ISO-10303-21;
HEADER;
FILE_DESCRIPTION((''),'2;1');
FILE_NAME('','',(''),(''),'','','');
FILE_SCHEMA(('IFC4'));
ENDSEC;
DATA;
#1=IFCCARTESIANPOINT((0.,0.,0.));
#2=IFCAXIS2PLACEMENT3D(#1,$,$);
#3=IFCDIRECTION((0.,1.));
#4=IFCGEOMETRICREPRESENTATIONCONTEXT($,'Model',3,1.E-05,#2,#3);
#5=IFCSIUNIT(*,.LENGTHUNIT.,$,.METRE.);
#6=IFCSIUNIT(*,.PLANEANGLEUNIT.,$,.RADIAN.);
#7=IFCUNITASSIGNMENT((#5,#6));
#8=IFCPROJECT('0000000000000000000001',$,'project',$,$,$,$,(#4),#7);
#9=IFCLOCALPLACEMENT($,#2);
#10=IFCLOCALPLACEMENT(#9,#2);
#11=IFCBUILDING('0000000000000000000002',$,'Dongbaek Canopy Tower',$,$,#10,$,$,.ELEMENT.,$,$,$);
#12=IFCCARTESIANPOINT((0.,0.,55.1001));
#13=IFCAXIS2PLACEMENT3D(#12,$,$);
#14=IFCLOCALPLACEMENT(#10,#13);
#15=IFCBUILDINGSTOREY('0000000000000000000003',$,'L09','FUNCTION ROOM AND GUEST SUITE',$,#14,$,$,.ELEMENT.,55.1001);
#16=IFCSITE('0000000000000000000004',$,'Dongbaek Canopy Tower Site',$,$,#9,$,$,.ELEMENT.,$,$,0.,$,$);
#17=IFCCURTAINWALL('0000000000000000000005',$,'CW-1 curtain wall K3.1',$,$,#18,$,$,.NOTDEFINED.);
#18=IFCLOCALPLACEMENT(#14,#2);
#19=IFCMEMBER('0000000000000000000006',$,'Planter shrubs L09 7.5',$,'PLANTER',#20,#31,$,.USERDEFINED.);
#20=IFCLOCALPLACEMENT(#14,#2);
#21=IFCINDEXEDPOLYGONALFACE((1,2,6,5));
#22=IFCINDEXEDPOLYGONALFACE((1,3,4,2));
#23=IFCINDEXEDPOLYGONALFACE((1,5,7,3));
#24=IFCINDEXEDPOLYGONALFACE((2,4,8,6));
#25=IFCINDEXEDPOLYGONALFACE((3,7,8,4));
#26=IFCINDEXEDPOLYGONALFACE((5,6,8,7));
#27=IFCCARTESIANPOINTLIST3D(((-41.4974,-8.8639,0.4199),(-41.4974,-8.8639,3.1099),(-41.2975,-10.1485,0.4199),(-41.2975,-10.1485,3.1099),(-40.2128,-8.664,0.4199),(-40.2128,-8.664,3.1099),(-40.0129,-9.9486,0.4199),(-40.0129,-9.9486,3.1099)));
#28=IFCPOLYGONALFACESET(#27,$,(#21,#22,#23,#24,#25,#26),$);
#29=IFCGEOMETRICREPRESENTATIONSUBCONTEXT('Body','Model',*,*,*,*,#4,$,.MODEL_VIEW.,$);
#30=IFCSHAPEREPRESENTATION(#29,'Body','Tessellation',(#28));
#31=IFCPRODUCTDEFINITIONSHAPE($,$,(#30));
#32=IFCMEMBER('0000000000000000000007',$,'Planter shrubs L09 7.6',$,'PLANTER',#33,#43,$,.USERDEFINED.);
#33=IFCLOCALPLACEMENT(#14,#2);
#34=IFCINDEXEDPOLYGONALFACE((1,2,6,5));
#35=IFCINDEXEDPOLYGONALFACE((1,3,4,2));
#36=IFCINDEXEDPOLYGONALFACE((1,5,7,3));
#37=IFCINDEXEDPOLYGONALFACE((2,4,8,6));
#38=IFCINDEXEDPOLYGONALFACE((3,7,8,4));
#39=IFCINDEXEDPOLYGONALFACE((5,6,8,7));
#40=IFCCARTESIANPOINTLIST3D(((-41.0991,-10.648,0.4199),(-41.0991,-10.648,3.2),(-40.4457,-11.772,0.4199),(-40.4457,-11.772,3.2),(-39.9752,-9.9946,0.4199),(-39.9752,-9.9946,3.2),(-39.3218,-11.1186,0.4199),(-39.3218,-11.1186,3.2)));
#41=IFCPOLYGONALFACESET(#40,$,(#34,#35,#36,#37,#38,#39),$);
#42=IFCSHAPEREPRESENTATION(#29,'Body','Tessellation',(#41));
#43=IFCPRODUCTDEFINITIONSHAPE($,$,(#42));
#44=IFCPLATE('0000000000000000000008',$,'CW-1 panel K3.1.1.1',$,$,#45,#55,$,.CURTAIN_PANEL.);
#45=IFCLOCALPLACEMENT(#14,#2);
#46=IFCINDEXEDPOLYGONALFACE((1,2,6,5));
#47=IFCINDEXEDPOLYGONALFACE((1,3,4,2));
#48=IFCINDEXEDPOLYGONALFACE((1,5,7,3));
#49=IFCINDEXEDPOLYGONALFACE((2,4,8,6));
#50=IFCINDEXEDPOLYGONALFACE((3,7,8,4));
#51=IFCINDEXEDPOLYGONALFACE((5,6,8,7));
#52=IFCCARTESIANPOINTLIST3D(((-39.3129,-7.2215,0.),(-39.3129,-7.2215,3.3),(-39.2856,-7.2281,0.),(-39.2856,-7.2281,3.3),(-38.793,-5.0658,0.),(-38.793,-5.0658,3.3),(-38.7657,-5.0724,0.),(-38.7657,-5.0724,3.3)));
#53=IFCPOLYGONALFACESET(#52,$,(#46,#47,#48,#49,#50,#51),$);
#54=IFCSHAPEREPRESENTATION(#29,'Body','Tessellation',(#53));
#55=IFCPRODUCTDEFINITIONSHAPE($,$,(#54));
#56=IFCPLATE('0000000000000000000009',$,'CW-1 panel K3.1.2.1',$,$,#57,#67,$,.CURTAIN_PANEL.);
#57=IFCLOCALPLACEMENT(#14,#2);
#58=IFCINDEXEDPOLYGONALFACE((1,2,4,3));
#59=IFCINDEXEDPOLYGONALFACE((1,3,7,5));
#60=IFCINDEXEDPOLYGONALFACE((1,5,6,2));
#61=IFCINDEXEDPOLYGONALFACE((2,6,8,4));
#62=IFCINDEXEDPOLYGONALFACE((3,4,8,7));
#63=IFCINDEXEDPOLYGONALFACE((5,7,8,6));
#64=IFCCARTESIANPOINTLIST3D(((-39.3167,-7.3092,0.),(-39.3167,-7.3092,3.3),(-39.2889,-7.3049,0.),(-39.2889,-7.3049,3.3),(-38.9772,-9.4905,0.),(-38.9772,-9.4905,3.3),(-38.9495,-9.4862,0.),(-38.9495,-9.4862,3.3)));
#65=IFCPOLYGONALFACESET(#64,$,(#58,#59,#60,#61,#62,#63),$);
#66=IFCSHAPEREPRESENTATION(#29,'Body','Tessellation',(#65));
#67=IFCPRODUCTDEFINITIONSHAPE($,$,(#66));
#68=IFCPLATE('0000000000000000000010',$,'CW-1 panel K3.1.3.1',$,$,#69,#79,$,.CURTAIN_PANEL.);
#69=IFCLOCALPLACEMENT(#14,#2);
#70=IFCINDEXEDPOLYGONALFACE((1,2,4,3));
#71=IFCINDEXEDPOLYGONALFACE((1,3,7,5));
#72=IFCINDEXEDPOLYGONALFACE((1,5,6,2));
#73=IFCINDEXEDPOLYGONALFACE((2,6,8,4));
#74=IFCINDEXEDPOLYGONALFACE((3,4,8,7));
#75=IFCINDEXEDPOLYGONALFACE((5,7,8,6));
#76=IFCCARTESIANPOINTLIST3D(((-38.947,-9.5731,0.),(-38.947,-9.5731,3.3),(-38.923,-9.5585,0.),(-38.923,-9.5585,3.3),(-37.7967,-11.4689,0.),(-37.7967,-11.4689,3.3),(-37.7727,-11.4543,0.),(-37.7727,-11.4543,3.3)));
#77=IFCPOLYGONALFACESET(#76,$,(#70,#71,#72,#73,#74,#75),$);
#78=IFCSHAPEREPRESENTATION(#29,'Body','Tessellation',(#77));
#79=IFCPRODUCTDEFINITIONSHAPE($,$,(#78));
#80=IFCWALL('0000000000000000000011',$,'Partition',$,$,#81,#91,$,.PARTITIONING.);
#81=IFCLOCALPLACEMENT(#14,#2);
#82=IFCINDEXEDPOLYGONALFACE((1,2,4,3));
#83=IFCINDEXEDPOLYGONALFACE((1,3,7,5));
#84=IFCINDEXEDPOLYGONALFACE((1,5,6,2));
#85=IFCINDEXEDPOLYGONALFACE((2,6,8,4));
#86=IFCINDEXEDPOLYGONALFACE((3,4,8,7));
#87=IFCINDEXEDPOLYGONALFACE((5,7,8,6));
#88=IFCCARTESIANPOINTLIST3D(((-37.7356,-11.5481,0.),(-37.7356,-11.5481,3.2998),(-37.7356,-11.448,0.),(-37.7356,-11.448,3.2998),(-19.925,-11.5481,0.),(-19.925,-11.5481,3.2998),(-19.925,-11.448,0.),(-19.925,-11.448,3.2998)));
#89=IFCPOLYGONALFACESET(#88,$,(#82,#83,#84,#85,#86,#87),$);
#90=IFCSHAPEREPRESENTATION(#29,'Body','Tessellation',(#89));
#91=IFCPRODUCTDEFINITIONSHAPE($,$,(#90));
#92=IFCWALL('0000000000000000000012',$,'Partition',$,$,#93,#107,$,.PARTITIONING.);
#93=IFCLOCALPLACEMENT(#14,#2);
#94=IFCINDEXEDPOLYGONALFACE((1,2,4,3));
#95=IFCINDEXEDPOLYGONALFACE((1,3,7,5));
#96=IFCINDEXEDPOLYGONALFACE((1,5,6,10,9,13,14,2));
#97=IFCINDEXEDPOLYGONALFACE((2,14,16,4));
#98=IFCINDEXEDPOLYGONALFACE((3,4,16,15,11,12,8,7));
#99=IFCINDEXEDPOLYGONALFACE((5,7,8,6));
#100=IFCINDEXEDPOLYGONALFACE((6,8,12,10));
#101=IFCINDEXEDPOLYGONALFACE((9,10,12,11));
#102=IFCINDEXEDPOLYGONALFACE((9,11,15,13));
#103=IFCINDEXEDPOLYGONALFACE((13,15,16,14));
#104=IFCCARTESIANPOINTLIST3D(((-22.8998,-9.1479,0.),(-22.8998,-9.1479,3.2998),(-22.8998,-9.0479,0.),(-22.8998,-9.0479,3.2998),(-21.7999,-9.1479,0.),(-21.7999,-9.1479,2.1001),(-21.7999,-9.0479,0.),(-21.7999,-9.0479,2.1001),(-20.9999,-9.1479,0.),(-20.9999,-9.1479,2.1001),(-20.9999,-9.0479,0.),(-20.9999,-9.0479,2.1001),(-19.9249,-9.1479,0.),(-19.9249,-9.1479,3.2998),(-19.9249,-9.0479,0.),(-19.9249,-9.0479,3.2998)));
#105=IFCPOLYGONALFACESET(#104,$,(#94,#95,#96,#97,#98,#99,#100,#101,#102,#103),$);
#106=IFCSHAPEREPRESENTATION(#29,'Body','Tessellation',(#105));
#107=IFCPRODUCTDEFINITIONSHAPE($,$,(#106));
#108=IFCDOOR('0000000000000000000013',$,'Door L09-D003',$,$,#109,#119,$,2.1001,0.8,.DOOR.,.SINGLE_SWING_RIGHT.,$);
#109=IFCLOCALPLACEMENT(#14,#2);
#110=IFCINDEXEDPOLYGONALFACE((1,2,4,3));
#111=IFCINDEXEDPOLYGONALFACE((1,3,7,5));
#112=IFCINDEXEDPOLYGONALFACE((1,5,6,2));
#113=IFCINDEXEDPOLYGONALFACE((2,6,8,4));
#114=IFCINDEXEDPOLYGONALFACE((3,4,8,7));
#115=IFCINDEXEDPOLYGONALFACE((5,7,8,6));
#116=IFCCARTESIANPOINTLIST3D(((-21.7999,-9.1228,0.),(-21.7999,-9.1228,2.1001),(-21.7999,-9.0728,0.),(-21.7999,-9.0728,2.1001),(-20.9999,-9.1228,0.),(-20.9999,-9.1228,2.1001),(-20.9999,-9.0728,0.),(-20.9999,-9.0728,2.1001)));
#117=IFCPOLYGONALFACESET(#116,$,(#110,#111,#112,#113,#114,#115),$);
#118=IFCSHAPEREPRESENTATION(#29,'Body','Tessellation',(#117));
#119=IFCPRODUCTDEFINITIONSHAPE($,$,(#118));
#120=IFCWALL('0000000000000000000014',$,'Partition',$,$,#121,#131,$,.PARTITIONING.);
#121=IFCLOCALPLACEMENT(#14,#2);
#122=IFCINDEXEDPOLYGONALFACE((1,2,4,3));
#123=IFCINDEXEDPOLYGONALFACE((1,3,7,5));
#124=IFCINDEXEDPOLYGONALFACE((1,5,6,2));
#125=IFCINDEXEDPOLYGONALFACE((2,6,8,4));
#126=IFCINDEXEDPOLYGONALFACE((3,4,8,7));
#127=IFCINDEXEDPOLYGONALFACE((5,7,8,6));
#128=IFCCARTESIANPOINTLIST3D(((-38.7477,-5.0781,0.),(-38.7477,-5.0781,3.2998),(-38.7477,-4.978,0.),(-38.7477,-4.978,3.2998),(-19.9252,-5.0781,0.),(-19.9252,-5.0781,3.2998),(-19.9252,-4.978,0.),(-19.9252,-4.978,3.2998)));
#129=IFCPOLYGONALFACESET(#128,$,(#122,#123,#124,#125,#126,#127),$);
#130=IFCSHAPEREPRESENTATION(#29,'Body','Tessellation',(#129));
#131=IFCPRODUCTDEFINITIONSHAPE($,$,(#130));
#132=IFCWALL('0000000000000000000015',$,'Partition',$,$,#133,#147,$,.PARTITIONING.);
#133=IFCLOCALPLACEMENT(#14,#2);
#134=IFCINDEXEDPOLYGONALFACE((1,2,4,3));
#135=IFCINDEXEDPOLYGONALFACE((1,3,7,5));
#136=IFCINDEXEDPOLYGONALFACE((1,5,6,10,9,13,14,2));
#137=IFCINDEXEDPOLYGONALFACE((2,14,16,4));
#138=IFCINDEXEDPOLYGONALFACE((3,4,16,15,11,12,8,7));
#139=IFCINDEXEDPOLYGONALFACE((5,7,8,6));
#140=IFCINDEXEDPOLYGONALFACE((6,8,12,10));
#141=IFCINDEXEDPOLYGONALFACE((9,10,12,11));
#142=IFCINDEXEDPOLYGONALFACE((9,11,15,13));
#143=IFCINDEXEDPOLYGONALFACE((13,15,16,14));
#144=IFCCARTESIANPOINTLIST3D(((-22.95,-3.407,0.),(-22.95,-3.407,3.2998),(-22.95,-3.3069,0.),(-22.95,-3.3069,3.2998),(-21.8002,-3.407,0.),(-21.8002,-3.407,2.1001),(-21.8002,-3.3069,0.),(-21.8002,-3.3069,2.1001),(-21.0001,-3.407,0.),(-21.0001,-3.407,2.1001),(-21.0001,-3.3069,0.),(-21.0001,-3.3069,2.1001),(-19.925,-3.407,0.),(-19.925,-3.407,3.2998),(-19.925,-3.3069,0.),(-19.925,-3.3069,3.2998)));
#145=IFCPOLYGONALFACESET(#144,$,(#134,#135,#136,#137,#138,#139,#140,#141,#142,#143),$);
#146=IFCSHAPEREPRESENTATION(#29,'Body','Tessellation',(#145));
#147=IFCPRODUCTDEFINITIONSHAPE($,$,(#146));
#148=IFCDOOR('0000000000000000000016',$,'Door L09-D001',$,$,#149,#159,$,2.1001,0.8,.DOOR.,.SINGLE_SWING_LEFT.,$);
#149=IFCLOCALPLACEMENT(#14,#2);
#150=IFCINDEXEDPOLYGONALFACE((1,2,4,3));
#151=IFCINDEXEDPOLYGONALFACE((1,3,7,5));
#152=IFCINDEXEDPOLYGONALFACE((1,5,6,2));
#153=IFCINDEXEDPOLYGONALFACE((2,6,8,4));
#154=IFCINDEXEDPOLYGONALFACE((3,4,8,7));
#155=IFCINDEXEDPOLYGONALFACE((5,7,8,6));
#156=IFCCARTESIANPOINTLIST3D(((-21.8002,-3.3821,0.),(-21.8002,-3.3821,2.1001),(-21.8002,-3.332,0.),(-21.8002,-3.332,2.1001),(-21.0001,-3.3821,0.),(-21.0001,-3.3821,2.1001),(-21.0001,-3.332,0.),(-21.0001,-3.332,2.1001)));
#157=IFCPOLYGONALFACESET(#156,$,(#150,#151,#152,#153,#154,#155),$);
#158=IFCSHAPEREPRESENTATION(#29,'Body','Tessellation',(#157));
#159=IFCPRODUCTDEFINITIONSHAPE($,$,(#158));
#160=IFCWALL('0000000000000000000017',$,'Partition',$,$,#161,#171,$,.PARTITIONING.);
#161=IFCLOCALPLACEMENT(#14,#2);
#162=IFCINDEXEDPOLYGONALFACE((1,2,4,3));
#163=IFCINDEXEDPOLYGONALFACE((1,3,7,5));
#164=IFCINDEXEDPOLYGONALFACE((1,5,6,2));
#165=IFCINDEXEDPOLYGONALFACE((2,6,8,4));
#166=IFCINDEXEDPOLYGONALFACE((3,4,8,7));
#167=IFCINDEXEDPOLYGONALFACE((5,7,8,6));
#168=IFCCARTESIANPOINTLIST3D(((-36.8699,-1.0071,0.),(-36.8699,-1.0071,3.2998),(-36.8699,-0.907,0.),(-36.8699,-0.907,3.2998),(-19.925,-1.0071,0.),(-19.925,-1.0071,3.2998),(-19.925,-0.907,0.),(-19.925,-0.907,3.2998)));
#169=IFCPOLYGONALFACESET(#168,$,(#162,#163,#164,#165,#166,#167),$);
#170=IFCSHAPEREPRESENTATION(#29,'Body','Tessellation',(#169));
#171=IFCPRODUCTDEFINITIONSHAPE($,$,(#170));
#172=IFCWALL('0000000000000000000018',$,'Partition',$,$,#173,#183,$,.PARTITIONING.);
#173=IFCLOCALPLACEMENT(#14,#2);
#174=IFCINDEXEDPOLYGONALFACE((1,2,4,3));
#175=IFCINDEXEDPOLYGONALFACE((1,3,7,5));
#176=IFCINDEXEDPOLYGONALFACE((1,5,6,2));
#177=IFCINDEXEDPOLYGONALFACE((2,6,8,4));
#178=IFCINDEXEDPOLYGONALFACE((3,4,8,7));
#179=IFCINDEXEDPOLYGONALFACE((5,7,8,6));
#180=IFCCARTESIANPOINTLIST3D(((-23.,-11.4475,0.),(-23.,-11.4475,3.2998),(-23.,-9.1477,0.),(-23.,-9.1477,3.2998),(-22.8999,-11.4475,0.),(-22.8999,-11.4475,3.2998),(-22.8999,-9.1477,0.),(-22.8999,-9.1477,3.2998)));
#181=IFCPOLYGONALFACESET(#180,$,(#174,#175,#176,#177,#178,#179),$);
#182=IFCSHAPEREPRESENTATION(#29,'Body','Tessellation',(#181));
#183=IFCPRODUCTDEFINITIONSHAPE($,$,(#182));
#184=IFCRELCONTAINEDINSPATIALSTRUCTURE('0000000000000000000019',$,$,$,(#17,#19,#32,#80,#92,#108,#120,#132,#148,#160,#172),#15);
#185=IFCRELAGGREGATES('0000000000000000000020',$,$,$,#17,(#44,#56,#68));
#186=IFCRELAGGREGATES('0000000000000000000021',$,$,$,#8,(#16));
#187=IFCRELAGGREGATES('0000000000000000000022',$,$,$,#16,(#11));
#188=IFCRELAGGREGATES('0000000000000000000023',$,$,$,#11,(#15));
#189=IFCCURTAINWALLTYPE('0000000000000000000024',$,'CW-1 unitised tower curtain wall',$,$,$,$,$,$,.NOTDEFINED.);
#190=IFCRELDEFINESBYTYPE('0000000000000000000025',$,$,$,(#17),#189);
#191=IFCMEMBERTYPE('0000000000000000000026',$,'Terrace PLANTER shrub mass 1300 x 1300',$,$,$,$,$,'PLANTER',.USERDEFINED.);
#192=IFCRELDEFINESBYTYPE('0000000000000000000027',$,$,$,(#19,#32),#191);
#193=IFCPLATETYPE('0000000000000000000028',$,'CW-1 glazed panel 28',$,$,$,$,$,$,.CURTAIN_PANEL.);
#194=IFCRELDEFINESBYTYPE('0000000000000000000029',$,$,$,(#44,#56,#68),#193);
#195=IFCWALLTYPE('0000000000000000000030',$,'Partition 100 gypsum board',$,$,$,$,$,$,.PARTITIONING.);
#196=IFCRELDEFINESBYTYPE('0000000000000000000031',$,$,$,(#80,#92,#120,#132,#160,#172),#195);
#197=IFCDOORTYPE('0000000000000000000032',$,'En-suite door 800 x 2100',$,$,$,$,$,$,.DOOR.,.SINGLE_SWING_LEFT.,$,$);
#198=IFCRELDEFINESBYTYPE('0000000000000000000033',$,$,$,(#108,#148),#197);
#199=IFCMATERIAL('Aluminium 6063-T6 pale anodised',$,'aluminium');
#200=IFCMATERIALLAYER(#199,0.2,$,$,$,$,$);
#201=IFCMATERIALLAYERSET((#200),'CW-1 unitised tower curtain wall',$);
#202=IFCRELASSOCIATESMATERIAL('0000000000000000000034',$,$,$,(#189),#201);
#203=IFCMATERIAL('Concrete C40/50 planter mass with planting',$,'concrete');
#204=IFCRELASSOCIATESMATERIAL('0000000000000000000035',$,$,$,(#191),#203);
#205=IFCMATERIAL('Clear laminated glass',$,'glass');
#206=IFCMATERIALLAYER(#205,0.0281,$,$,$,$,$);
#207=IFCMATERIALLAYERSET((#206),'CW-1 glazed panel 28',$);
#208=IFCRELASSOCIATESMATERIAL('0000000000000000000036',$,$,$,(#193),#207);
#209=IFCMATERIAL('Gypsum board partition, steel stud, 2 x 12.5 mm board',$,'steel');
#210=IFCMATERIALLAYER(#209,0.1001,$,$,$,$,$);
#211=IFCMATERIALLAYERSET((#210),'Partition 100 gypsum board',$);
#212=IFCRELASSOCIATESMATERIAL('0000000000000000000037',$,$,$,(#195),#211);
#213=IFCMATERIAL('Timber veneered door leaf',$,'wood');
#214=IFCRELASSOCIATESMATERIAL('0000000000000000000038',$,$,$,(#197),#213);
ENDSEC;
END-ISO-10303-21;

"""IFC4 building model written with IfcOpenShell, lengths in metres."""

from ifc_helpers import new_model, si_unit, direction, frame, frame_2d, origin, origin_2d, place, context, subcontext, project, spatial, rectangle, extrude, material, layer, layer_set, material_profile, profile_set, type_object, element, fill, aggregate, save


model = new_model("IFC4")

# Units and contexts
model_context = context("Model", 3, precision=1e-05, world=origin(), true_north=direction((0.0, 1.0)))
body_context = subcontext(model_context, "Body", "Model", "MODEL_VIEW")
ifc_project = project(units=[si_unit("LENGTHUNIT", "METRE"), si_unit("PLANEANGLEUNIT", "RADIAN")], contexts=[model_context])

# Site, building, storey
site_placement = place(None, origin())
site = spatial("IfcSite", under=ifc_project, at=site_placement, Name="Dongbaek Canopy Tower Site", CompositionType="ELEMENT", RefElevation=0.0)
building_placement = place(site_placement, origin())
building = spatial("IfcBuilding", under=site, at=building_placement, Name="Dongbaek Canopy Tower", CompositionType="ELEMENT")
storey_placement = place(building_placement, frame((0.0, 0.0, 55.1001)))
storey = spatial("IfcBuildingStorey", under=building, at=storey_placement, Name="L09", Description="FUNCTION ROOM AND GUEST SUITE", CompositionType="ELEMENT", Elevation=55.1001)

# Curtain wall
ifc_material_1 = material(Name="Aluminium 6063-T6 pale anodised", Category="aluminium")
ifc_layer_1 = layer(ifc_material_1, 0.2)
ifc_layer_set_1 = layer_set([ifc_layer_1], Name="CW-1 unitised tower curtain wall")
curtain_wall_type = type_object("IfcCurtainWallType", Name="CW-1 unitised tower curtain wall", PredefinedType="NOTDEFINED", material=ifc_layer_set_1)
curtain_wall_1_placement = place(storey_placement, origin())
curtain_wall_1 = element("IfcCurtainWall", 1, at=curtain_wall_1_placement, inside=storey, type_object=curtain_wall_type, Name="CW-1 curtain wall K3.1", PredefinedType="NOTDEFINED")

# Members
ifc_material_2 = material(Name="Concrete C40/50 planter mass with planting", Category="concrete")
ifc_material_profile_1 = material_profile(ifc_material_2, rectangle(XDim=1.3, YDim=1.3, at=origin_2d()), Name="Terrace PLANTER shrub mass 1300 x 1300")
ifc_profile_set_1 = profile_set([ifc_material_profile_1], Name="Concrete C40/50 planter mass with planting")
member_type_1 = type_object("IfcMemberType", Name="Terrace PLANTER shrub mass 1300 x 1300", ElementType="PLANTER", PredefinedType="USERDEFINED", material=ifc_profile_set_1)
member_1_placement = place(storey_placement, frame((-40.7551, -9.4062, 0.4199), z_axis=(0.0, 0.0, 1.0), x_axis=(-0.988106, -0.153774, 0.0)))
element("IfcMember", 2, at=member_1_placement, inside=storey, type_object=member_type_1, Name="Planter shrubs L09 7.5", ObjectType="PLANTER", PredefinedType="USERDEFINED", context=body_context, shape_type="SweptSolid", body=[
    extrude(rectangle(XDim=1.3, YDim=1.3, at=origin_2d()), origin(), (0.0, 0.0, 1.0), 2.6899),
])
member_2_placement = place(storey_placement, frame((-40.2104, -10.8833, 0.4199), z_axis=(0.0, 0.0, 1.0), x_axis=(-0.864536, -0.502571, 0.0)))
element("IfcMember", 3, at=member_2_placement, inside=storey, type_object=member_type_1, Name="Planter shrubs L09 7.6", ObjectType="PLANTER", PredefinedType="USERDEFINED", context=body_context, shape_type="SweptSolid", body=[
    extrude(rectangle(XDim=1.3, YDim=1.3, at=origin_2d()), origin(), (0.0, 0.0, 1.0), 2.78),
])

# Plates
ifc_material_3 = material(Name="Clear laminated glass", Category="glass")
ifc_layer_2 = layer(ifc_material_3, 0.0281)
ifc_layer_set_2 = layer_set([ifc_layer_2], Name="CW-1 glazed panel 28")
plate_type = type_object("IfcPlateType", Name="CW-1 glazed panel 28", PredefinedType="CURTAIN_PANEL", material=ifc_layer_set_2)
plate_1_placement = place(storey_placement, frame((-39.0393, -6.147, 0.0), z_axis=(0.0, 0.0, 1.0), x_axis=(-0.234426, -0.972134, 0.0)))
plate_1 = element("IfcPlate", 4, at=plate_1_placement, type_object=plate_type, Name="CW-1 panel K3.1.1.1", PredefinedType="CURTAIN_PANEL", context=body_context, shape_type="SweptSolid", body=[
    extrude(rectangle(XDim=2.2175, YDim=0.0281, at=origin_2d()), origin(), (0.0, 0.0, 1.0), 3.3),
])
plate_2_placement = place(storey_placement, frame((-39.1331, -8.3977, 0.0), z_axis=(0.0, 0.0, 1.0), x_axis=(0.153774, -0.988106, 0.0)))
plate_2 = element("IfcPlate", 5, at=plate_2_placement, type_object=plate_type, Name="CW-1 panel K3.1.2.1", PredefinedType="CURTAIN_PANEL", context=body_context, shape_type="SweptSolid", body=[
    extrude(rectangle(XDim=2.2075, YDim=0.0281, at=origin_2d()), origin(), (0.0, 0.0, 1.0), 3.3),
])
plate_3_placement = place(storey_placement, frame((-38.3599, -10.5137, 0.0), z_axis=(0.0, 0.0, 1.0), x_axis=(0.518762, -0.854919, 0.0)))
plate_3 = element("IfcPlate", 6, at=plate_3_placement, type_object=plate_type, Name="CW-1 panel K3.1.3.1", PredefinedType="CURTAIN_PANEL", context=body_context, shape_type="SweptSolid", body=[
    extrude(rectangle(XDim=2.2175, YDim=0.0281, at=origin_2d()), origin(), (0.0, 0.0, 1.0), 3.3),
])
aggregate(curtain_wall_1, [plate_1, plate_2, plate_3])

# Wall
ifc_material_4 = material(Name="Gypsum board partition, steel stud, 2 x 12.5 mm board", Category="steel")
ifc_layer_3 = layer(ifc_material_4, 0.1001)
ifc_layer_set_3 = layer_set([ifc_layer_3], Name="Partition 100 gypsum board")
wall_type_1 = type_object("IfcWallType", Name="Partition 100 gypsum board", PredefinedType="PARTITIONING", material=ifc_layer_set_3)
wall_1_placement = place(storey_placement, frame((-37.7356, -11.498, 0.0), z_axis=(0.0, 0.0, 1.0), x_axis=(1.0, 0.0, 0.0)))
element("IfcWall", 7, at=wall_1_placement, inside=storey, type_object=wall_type_1, Name="Partition", PredefinedType="PARTITIONING", context=body_context, shape_type="SweptSolid", body=[
    extrude(rectangle(XDim=17.8105, YDim=0.1001, at=frame_2d((8.9053, 0.0))), origin(), (0.0, 0.0, 1.0), 3.2998),
])

# Wall, opening, door
wall_2_placement = place(storey_placement, frame((-19.925, -9.0979, 0.0), z_axis=(0.0, 0.0, 1.0), x_axis=(-1.0, 0.0, 0.0)))
wall_2 = element("IfcWall", 8, at=wall_2_placement, inside=storey, type_object=wall_type_1, Name="Partition", PredefinedType="PARTITIONING", context=body_context, shape_type="SweptSolid", body=[
    extrude(rectangle(XDim=2.9749, YDim=0.1001, at=frame_2d((1.4873, 0.0))), origin(), (0.0, 0.0, 1.0), 3.2998),
])
opening_1_placement = place(wall_2_placement, frame((1.075, 0.0, 0.0)))
opening_1 = element("IfcOpeningElement", 9, at=opening_1_placement, cuts=wall_2, PredefinedType="OPENING", context=body_context, shape_type="SweptSolid", body=[
    extrude(rectangle(XDim=0.8, YDim=2.1001, at=frame_2d((0.3999, 1.05))), frame((0.0, 0.0601, 0.0), z_axis=(0.0, -1.0, 0.0), x_axis=(1.0, 0.0, 0.0)), (0.0, 0.0, 1.0), 0.1201),
])
ifc_material_5 = material(Name="Timber veneered door leaf", Category="wood")
door_type_1 = type_object("IfcDoorType", Name="En-suite door 800 x 2100", OperationType="SINGLE_SWING_LEFT", PredefinedType="DOOR", material=ifc_material_5)
door_1_placement = place(opening_1_placement, origin())
door_1 = element("IfcDoor", 10, at=door_1_placement, inside=storey, type_object=door_type_1, Name="Door L09-D003", OperationType="SINGLE_SWING_RIGHT", OverallHeight=2.1001, OverallWidth=0.8, PredefinedType="DOOR", context=body_context, shape_type="SweptSolid", body=[
    extrude(rectangle(XDim=0.8, YDim=2.1001, at=frame_2d((0.3999, 1.05))), frame((0.0, 0.0249, 0.0), z_axis=(0.0, -1.0, 0.0), x_axis=(1.0, 0.0, 0.0)), (0.0, 0.0, 1.0), 0.05),
])
fill(opening_1, door_1)

# Wall
wall_3_placement = place(storey_placement, frame((-38.7476, -5.0281, 0.0), z_axis=(0.0, 0.0, 1.0), x_axis=(1.0, 0.0, 0.0)))
element("IfcWall", 11, at=wall_3_placement, inside=storey, type_object=wall_type_1, Name="Partition", PredefinedType="PARTITIONING", context=body_context, shape_type="SweptSolid", body=[
    extrude(rectangle(XDim=18.8225, YDim=0.1001, at=frame_2d((9.4111, 0.0))), origin(), (0.0, 0.0, 1.0), 3.2998),
])

# Wall, opening, door
wall_4_placement = place(storey_placement, frame((-22.95, -3.3569, 0.0), z_axis=(0.0, 0.0, 1.0), x_axis=(1.0, 0.0, 0.0)))
wall_4 = element("IfcWall", 12, at=wall_4_placement, inside=storey, type_object=wall_type_1, Name="Partition", PredefinedType="PARTITIONING", context=body_context, shape_type="SweptSolid", body=[
    extrude(rectangle(XDim=3.0249, YDim=0.1001, at=frame_2d((1.5125, 0.0))), origin(), (0.0, 0.0, 1.0), 3.2998),
])
opening_2_placement = place(wall_4_placement, frame((1.1499, 0.0, 0.0)))
opening_2 = element("IfcOpeningElement", 13, at=opening_2_placement, cuts=wall_4, PredefinedType="OPENING", context=body_context, shape_type="SweptSolid", body=[
    extrude(rectangle(XDim=0.8, YDim=2.1001, at=frame_2d((0.3999, 1.05))), frame((0.0, 0.0601, 0.0), z_axis=(0.0, -1.0, 0.0), x_axis=(1.0, 0.0, 0.0)), (0.0, 0.0, 1.0), 0.1201),
])
door_2_placement = place(opening_2_placement, origin())
door_2 = element("IfcDoor", 14, at=door_2_placement, inside=storey, type_object=door_type_1, Name="Door L09-D001", OperationType="SINGLE_SWING_LEFT", OverallHeight=2.1001, OverallWidth=0.8, PredefinedType="DOOR", context=body_context, shape_type="SweptSolid", body=[
    extrude(rectangle(XDim=0.8, YDim=2.1001, at=frame_2d((0.3999, 1.05))), frame((0.0, 0.0249, 0.0), z_axis=(0.0, -1.0, 0.0), x_axis=(1.0, 0.0, 0.0)), (0.0, 0.0, 1.0), 0.05),
])
fill(opening_2, door_2)

# Walls
wall_5_placement = place(storey_placement, frame((-36.8699, -0.957, 0.0), z_axis=(0.0, 0.0, 1.0), x_axis=(1.0, 0.0, 0.0)))
element("IfcWall", 15, at=wall_5_placement, inside=storey, type_object=wall_type_1, Name="Partition", PredefinedType="PARTITIONING", context=body_context, shape_type="SweptSolid", body=[
    extrude(rectangle(XDim=16.9448, YDim=0.1001, at=frame_2d((8.4724, 0.0))), origin(), (0.0, 0.0, 1.0), 3.2998),
])
for number, where, z_axis, x_axis, name in (
    (16, (-22.95, -11.4475, 0.0), (0.0, 0.0, 1.0), (0.0, 1.0, 0.0), "Partition"),
):
    element("IfcWall", number, at=place(storey_placement, frame(where, z_axis=z_axis, x_axis=x_axis)), inside=storey, type_object=wall_type_1, Name=name, PredefinedType="PARTITIONING", context=body_context, shape_type="SweptSolid", body=[
        extrude(rectangle(XDim=2.2998, YDim=0.1001, at=frame_2d((1.1499, 0.0))), origin(), (0.0, 0.0, 1.0), 3.2998),
    ])

save(model, "model.ifc")
